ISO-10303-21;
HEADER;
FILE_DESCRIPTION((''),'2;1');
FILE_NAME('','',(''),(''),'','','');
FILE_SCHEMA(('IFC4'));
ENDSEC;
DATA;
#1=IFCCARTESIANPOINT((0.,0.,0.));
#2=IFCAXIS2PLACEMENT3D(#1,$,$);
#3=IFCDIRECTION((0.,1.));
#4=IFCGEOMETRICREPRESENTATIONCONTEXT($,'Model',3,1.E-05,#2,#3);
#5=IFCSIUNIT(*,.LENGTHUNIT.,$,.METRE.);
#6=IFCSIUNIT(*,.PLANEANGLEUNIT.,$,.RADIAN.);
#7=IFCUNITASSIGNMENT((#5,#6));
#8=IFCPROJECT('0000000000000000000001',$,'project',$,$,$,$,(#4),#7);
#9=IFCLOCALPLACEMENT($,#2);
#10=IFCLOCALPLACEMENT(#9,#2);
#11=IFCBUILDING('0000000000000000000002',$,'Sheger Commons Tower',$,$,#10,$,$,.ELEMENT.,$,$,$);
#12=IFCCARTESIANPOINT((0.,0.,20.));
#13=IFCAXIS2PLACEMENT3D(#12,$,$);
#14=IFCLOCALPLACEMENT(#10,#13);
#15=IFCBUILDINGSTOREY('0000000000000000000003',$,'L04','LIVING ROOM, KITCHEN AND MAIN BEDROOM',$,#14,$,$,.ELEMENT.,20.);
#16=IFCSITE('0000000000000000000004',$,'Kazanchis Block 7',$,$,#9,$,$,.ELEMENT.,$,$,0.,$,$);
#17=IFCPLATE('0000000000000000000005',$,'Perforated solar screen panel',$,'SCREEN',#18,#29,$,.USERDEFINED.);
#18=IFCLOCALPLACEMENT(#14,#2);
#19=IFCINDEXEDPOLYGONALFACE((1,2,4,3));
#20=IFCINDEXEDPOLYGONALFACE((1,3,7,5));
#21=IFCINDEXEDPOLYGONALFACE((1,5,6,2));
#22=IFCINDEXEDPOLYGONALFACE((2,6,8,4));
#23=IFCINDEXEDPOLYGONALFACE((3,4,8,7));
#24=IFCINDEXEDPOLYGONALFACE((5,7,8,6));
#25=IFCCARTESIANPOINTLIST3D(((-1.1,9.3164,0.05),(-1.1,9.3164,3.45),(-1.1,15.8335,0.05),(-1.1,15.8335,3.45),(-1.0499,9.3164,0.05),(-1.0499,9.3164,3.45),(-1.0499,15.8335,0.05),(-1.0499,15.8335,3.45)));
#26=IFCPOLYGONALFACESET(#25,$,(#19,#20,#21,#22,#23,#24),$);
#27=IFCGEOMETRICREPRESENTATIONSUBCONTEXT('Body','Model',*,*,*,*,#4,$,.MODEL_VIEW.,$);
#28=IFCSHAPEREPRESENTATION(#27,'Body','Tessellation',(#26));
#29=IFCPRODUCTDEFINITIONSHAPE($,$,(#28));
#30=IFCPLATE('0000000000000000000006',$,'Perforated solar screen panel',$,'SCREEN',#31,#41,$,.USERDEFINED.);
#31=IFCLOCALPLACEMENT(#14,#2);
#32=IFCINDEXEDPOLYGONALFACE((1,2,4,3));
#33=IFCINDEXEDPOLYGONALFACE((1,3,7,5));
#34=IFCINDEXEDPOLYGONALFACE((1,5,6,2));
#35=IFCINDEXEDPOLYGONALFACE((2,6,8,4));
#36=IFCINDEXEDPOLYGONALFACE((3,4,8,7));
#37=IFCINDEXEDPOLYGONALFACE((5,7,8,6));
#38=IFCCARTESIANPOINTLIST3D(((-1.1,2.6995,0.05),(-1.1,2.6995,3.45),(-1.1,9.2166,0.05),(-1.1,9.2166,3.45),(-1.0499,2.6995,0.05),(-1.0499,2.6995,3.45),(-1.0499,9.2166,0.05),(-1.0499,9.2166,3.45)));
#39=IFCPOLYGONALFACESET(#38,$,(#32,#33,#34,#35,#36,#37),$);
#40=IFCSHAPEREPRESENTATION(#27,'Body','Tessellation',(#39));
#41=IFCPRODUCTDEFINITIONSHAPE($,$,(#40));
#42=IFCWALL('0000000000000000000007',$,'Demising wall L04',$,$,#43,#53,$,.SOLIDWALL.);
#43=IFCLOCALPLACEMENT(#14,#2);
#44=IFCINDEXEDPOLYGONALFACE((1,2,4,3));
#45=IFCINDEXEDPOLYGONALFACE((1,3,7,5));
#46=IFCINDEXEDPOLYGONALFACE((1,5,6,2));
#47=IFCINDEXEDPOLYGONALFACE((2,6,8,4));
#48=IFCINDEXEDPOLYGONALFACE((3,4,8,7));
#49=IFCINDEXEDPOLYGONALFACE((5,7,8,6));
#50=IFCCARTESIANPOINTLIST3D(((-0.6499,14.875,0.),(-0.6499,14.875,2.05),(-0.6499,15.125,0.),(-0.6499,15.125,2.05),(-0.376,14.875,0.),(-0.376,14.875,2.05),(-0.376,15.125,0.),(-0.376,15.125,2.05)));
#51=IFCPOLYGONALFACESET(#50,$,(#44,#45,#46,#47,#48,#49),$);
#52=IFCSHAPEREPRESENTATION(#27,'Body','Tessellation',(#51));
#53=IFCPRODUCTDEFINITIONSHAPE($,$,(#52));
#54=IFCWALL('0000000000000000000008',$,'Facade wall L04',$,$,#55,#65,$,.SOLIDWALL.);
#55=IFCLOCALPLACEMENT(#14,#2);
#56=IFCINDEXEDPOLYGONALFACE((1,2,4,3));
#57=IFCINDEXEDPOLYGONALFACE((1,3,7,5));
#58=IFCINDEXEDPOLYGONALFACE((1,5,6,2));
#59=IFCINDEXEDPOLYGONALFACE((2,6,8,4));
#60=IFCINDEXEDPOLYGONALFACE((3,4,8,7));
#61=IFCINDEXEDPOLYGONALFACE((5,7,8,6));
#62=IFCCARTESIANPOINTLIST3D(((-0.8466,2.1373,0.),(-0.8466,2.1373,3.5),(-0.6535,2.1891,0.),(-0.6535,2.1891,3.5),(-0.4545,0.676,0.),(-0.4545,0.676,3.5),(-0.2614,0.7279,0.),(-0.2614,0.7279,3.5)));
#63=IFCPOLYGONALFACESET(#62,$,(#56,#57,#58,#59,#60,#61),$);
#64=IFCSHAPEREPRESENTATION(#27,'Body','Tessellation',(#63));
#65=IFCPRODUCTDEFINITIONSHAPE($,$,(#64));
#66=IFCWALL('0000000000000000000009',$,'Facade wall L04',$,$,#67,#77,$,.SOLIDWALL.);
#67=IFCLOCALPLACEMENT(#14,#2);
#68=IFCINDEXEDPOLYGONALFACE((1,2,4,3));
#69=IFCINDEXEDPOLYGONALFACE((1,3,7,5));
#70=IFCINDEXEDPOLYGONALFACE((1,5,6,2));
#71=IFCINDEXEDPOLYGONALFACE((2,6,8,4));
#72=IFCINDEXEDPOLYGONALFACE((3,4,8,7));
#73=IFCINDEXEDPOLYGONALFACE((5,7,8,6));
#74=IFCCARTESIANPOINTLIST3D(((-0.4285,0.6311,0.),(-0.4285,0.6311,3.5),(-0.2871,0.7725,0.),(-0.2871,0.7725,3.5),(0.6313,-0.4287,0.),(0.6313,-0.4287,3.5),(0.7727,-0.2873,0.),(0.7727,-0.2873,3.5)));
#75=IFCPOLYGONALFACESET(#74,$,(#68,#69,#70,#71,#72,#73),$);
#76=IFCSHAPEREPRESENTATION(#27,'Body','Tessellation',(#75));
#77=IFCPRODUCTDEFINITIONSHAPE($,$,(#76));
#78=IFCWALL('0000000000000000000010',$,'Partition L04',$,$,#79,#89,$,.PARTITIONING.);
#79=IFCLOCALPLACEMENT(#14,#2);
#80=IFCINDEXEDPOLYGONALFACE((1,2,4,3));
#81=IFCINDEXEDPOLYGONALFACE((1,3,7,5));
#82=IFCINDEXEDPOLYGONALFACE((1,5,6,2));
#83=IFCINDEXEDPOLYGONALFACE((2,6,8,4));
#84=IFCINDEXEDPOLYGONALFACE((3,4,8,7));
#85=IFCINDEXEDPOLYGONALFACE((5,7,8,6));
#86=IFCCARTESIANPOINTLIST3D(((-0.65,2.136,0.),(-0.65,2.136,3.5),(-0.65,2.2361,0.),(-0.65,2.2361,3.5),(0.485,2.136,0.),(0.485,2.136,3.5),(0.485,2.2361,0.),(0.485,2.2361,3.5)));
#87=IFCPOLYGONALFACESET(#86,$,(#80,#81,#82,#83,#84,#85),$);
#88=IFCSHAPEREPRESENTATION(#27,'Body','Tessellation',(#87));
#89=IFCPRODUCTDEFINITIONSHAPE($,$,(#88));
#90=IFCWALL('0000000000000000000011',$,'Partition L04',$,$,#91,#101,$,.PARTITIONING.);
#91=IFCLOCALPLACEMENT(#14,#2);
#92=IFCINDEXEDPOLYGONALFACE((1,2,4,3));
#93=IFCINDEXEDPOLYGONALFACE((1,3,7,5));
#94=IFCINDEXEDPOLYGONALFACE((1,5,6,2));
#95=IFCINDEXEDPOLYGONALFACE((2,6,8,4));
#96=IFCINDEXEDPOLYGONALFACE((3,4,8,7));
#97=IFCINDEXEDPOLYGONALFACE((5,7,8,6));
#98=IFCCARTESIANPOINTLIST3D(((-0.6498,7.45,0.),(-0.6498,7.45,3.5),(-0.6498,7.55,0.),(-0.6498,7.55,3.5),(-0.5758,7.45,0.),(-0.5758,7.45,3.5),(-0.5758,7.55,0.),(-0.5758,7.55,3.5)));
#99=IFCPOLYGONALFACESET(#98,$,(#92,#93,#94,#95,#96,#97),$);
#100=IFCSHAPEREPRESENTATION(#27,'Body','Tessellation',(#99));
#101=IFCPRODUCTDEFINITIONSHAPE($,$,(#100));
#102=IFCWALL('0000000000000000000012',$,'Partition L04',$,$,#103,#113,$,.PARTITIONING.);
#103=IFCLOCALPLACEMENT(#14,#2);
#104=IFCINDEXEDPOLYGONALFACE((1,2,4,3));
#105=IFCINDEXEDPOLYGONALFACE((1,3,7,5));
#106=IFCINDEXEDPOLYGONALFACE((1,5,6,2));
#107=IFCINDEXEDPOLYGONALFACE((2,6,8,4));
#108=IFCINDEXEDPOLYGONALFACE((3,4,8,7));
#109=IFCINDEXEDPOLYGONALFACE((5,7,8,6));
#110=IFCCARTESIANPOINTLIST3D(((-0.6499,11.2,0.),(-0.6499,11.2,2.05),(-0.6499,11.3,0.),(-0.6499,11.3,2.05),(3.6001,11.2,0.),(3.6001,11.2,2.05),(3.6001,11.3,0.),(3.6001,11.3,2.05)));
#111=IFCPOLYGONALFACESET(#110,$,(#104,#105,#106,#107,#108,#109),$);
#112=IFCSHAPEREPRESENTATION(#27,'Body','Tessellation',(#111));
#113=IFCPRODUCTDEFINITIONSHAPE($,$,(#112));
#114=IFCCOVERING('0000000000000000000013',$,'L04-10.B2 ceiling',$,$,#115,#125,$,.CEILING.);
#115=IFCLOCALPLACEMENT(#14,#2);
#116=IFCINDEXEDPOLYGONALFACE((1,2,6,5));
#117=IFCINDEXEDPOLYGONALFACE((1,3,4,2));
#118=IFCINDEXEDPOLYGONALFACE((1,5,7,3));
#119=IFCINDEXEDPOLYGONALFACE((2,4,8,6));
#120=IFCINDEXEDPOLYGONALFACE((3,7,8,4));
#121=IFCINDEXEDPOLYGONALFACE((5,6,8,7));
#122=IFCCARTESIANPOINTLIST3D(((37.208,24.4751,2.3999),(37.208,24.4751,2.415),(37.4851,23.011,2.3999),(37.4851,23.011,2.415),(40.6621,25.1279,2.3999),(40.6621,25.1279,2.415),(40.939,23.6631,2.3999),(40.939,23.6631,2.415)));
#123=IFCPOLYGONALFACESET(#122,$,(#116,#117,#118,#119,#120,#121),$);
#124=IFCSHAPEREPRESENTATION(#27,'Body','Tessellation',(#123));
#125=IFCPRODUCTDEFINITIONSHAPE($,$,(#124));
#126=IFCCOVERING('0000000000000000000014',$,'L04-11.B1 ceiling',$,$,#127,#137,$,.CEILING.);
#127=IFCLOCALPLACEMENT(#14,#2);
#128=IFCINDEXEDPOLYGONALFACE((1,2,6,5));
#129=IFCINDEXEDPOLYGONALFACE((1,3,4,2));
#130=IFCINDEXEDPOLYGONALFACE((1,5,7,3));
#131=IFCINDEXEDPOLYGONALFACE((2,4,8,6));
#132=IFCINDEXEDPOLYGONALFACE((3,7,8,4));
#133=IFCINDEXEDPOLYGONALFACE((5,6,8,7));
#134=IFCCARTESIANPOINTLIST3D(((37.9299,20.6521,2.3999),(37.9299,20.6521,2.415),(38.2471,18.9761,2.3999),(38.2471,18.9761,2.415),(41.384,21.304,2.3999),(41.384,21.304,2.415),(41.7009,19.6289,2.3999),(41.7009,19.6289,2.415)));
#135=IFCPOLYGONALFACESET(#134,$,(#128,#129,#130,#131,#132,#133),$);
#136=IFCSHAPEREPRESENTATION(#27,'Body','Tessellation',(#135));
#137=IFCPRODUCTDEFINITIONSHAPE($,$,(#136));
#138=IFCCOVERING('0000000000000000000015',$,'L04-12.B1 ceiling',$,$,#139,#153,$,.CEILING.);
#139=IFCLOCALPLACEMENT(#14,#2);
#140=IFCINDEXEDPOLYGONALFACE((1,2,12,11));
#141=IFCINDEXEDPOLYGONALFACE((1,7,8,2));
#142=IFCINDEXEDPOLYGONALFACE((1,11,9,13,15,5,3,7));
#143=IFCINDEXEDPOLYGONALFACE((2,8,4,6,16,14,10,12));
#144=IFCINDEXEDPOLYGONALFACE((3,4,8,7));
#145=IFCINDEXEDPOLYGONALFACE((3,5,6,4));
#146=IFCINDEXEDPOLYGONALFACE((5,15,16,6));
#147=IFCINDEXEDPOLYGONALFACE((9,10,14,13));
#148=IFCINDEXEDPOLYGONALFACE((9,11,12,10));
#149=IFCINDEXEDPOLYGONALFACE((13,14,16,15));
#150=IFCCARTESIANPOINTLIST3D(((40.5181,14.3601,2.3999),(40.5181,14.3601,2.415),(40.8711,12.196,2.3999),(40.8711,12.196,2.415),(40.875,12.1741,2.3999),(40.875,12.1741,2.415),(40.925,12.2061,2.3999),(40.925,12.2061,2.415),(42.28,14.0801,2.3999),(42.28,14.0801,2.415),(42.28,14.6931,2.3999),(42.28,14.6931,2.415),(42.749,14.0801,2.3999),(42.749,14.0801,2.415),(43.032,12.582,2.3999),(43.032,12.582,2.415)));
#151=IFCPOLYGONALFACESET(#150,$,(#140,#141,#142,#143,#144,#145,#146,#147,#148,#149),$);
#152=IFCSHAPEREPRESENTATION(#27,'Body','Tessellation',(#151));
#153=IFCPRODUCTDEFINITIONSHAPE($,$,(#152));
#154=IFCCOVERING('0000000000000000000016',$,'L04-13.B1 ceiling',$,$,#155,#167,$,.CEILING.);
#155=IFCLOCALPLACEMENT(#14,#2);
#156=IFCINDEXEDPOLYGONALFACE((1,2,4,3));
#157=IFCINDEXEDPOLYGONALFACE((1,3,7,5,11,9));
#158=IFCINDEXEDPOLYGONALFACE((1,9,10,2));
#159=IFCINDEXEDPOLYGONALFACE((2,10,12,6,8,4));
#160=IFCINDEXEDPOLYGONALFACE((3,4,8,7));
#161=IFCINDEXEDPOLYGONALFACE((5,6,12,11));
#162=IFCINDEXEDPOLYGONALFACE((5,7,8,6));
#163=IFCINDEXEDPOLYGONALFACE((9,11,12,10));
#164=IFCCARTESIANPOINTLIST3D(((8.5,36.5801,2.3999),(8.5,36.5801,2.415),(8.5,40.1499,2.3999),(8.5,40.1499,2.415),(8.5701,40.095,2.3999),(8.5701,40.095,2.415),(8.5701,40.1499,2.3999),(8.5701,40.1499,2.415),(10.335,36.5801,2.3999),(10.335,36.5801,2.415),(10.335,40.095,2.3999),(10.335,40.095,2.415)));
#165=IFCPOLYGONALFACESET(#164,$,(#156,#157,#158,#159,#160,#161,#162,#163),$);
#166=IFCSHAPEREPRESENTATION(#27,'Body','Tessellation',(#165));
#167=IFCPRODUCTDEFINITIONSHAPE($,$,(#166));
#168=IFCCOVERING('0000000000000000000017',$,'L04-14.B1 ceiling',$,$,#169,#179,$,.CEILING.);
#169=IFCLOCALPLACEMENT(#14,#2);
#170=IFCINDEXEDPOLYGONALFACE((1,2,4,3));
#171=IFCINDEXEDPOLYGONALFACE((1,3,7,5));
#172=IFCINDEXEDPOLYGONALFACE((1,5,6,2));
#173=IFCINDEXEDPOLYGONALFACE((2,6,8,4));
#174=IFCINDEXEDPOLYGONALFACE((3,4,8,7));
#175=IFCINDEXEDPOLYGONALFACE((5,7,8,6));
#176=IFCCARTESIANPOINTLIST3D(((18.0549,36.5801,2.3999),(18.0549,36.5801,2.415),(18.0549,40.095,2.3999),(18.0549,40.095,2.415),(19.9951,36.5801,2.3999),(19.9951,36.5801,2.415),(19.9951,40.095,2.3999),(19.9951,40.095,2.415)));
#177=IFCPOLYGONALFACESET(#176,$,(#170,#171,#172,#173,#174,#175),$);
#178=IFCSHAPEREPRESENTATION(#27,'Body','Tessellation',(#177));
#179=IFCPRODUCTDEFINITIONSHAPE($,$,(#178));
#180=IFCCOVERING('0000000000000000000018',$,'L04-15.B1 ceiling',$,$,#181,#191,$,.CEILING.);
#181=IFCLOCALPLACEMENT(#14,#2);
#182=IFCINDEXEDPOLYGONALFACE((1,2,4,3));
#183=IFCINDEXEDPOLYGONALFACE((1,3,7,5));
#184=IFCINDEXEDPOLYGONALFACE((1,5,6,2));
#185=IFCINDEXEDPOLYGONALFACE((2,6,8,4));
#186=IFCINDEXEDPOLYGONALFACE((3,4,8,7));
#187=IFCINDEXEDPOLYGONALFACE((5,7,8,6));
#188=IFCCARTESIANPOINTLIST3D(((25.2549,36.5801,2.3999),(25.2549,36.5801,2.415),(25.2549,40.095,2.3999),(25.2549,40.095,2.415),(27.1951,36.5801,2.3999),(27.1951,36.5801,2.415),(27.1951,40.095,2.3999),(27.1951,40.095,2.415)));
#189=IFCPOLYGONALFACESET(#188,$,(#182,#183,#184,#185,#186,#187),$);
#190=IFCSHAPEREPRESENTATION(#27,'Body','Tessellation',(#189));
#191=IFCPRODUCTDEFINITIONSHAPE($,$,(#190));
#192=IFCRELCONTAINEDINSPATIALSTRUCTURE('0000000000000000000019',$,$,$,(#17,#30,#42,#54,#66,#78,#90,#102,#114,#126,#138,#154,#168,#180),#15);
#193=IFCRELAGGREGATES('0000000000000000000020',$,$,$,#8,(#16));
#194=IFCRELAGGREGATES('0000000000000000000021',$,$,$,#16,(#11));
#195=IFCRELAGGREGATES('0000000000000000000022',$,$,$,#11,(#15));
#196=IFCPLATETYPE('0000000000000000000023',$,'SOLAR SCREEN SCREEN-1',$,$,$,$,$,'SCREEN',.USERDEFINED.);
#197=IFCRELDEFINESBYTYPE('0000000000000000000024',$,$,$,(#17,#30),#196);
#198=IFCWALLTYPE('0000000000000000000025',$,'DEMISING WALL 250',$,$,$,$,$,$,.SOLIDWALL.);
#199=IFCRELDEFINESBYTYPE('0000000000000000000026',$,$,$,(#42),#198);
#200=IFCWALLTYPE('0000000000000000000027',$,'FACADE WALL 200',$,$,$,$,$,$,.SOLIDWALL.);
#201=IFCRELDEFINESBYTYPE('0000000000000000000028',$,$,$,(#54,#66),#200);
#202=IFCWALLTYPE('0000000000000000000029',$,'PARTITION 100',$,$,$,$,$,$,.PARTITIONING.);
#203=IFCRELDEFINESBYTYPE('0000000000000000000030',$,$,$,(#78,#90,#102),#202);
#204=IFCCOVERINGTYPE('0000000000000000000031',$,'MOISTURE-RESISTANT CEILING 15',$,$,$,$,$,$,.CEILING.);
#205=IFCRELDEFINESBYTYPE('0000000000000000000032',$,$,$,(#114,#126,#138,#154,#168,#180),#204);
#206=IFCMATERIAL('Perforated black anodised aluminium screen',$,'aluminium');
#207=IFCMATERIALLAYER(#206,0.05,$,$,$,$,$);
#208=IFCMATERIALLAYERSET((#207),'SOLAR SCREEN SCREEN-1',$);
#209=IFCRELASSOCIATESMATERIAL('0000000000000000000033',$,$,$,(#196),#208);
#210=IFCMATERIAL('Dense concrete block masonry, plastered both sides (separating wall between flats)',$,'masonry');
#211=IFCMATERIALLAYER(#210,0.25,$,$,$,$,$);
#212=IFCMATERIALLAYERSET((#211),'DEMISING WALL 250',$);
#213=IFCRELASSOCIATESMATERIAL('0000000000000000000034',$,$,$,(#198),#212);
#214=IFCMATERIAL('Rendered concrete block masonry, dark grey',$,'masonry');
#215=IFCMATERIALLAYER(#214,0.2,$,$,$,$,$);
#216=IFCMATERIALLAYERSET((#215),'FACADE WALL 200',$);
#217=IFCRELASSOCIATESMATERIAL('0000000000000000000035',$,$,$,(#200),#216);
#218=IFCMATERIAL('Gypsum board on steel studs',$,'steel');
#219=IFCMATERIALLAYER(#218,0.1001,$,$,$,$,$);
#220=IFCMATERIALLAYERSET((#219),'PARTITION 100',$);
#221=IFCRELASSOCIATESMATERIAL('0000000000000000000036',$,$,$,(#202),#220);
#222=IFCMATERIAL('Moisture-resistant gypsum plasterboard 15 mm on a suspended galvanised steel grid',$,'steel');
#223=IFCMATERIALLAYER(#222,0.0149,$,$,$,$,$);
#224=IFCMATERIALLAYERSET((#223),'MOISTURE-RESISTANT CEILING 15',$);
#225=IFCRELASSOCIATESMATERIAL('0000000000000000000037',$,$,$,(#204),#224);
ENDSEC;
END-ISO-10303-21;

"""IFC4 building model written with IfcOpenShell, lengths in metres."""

from ifc_helpers import new_model, si_unit, direction, frame, frame_2d, origin, origin_2d, place, context, subcontext, project, spatial, polyline, rectangle, outline, extrude, material, layer, layer_set, type_object, element, save


model = new_model("IFC4")

# Units and contexts
model_context = context("Model", 3, precision=1e-05, world=origin(), true_north=direction((0.0, 1.0)))
body_context = subcontext(model_context, "Body", "Model", "MODEL_VIEW")
ifc_project = project(units=[si_unit("LENGTHUNIT", "METRE"), si_unit("PLANEANGLEUNIT", "RADIAN")], contexts=[model_context])

# Site, building, storey
site_placement = place(None, origin())
site = spatial("IfcSite", under=ifc_project, at=site_placement, Name="Kazanchis Block 7", CompositionType="ELEMENT", RefElevation=0.0)
building_placement = place(site_placement, origin())
building = spatial("IfcBuilding", under=site, at=building_placement, Name="Sheger Commons Tower", CompositionType="ELEMENT")
storey_placement = place(building_placement, frame((0.0, 0.0, 20.0)))
storey = spatial("IfcBuildingStorey", under=building, at=storey_placement, Name="L04", Description="LIVING ROOM, KITCHEN AND MAIN BEDROOM", CompositionType="ELEMENT", Elevation=20.0)

# Plates
ifc_material_1 = material(Name="Perforated black anodised aluminium screen", Category="aluminium")
ifc_layer_1 = layer(ifc_material_1, 0.05)
ifc_layer_set_1 = layer_set([ifc_layer_1], Name="SOLAR SCREEN SCREEN-1")
plate_type = type_object("IfcPlateType", Name="SOLAR SCREEN SCREEN-1", ElementType="SCREEN", PredefinedType="USERDEFINED", material=ifc_layer_set_1)
for number, where, z_axis, x_axis, name in (
    (1, (-1.075, 12.575, 0.05), (0.0, 0.0, 1.0), (0.0, -1.0, 0.0), "Perforated solar screen panel"),
    (2, (-1.075, 5.958, 0.05), (0.0, 0.0, 1.0), (0.0, -1.0, 0.0), "Perforated solar screen panel"),
):
    element("IfcPlate", number, at=place(storey_placement, frame(where, z_axis=z_axis, x_axis=x_axis)), inside=storey, type_object=plate_type, Name=name, ObjectType="SCREEN", PredefinedType="USERDEFINED", context=body_context, shape_type="SweptSolid", body=[
        extrude(rectangle(XDim=6.5171, YDim=0.05, at=origin_2d()), origin(), (0.0, 0.0, 1.0), 3.3999),
    ])

# Walls
ifc_material_2 = material(Name="Dense concrete block masonry, plastered both sides (separating wall between flats)", Category="masonry")
ifc_layer_2 = layer(ifc_material_2, 0.25)
ifc_layer_set_2 = layer_set([ifc_layer_2], Name="DEMISING WALL 250")
wall_type_1 = type_object("IfcWallType", Name="DEMISING WALL 250", PredefinedType="SOLIDWALL", material=ifc_layer_set_2)
wall_1_placement = place(storey_placement, frame((-0.6499, 15.0, 0.0), z_axis=(0.0, 0.0, 1.0), x_axis=(1.0, 0.0, 0.0)))
element("IfcWall", 3, at=wall_1_placement, inside=storey, type_object=wall_type_1, Name="Demising wall L04", PredefinedType="SOLIDWALL", context=body_context, shape_type="SweptSolid", body=[
    extrude(rectangle(XDim=0.2739, YDim=0.25, at=frame_2d((0.137, 0.0))), origin(), (0.0, 0.0, 1.0), 2.05),
])
ifc_material_3 = material(Name="Rendered concrete block masonry, dark grey", Category="masonry")
ifc_layer_3 = layer(ifc_material_3, 0.2)
ifc_layer_set_3 = layer_set([ifc_layer_3], Name="FACADE WALL 200")
wall_type_2 = type_object("IfcWallType", Name="FACADE WALL 200", PredefinedType="SOLIDWALL", material=ifc_layer_set_3)
wall_2_placement = place(storey_placement, frame((-0.75, 2.1631, 0.0), z_axis=(0.0, 0.0, 1.0), x_axis=(0.259169, -0.965832, 0.0)))
element("IfcWall", 4, at=wall_2_placement, inside=storey, type_object=wall_type_2, Name="Facade wall L04", PredefinedType="SOLIDWALL", context=body_context, shape_type="SweptSolid", body=[
    extrude(rectangle(XDim=1.5129, YDim=0.2, at=frame_2d((0.7563, 0.0))), origin(), (0.0, 0.0, 1.0), 3.5),
])
wall_3_placement = place(storey_placement, frame((-0.3579, 0.7019, 0.0), z_axis=(0.0, 0.0, 1.0), x_axis=(0.707107, -0.707107, 0.0)))
element("IfcWall", 5, at=wall_3_placement, inside=storey, type_object=wall_type_2, Name="Facade wall L04", PredefinedType="SOLIDWALL", context=body_context, shape_type="SweptSolid", body=[
    extrude(rectangle(XDim=1.4988, YDim=0.2, at=frame_2d((0.7495, 0.0))), origin(), (0.0, 0.0, 1.0), 3.5),
])
ifc_material_4 = material(Name="Gypsum board on steel studs", Category="steel")
ifc_layer_4 = layer(ifc_material_4, 0.1001)
ifc_layer_set_4 = layer_set([ifc_layer_4], Name="PARTITION 100")
wall_type_3 = type_object("IfcWallType", Name="PARTITION 100", PredefinedType="PARTITIONING", material=ifc_layer_set_4)
wall_4_placement = place(storey_placement, frame((-0.6499, 2.186, 0.0), z_axis=(0.0, 0.0, 1.0), x_axis=(1.0, 0.0, 0.0)))
element("IfcWall", 6, at=wall_4_placement, inside=storey, type_object=wall_type_3, Name="Partition L04", PredefinedType="PARTITIONING", context=body_context, shape_type="SweptSolid", body=[
    extrude(rectangle(XDim=1.135, YDim=0.1001, at=frame_2d((0.5674, 0.0))), origin(), (0.0, 0.0, 1.0), 3.5),
])
wall_5_placement = place(storey_placement, frame((-0.6499, 7.5, 0.0), z_axis=(0.0, 0.0, 1.0), x_axis=(1.0, 0.0, 0.0)))
element("IfcWall", 7, at=wall_5_placement, inside=storey, type_object=wall_type_3, Name="Partition L04", PredefinedType="PARTITIONING", context=body_context, shape_type="SweptSolid", body=[
    extrude(rectangle(XDim=0.074, YDim=0.1001, at=frame_2d((0.0371, 0.0))), origin(), (0.0, 0.0, 1.0), 3.5),
])
wall_6_placement = place(storey_placement, frame((-0.6499, 11.25, 0.0), z_axis=(0.0, 0.0, 1.0), x_axis=(1.0, 0.0, 0.0)))
element("IfcWall", 8, at=wall_6_placement, inside=storey, type_object=wall_type_3, Name="Partition L04", PredefinedType="PARTITIONING", context=body_context, shape_type="SweptSolid", body=[
    extrude(rectangle(XDim=4.25, YDim=0.1001, at=frame_2d((2.125, 0.0))), origin(), (0.0, 0.0, 1.0), 2.05),
])

# Coverings
ifc_material_5 = material(Name="Moisture-resistant gypsum plasterboard 15 mm on a suspended galvanised steel grid", Category="steel")
ifc_layer_5 = layer(ifc_material_5, 0.0149)
ifc_layer_set_5 = layer_set([ifc_layer_5], Name="MOISTURE-RESISTANT CEILING 15")
covering_type_1 = type_object("IfcCoveringType", Name="MOISTURE-RESISTANT CEILING 15", PredefinedType="CEILING", material=ifc_layer_set_5)
covering_1_placement = place(storey_placement, frame((0.0, 0.0, 2.3999)))
element("IfcCovering", 9, at=covering_1_placement, inside=storey, type_object=covering_type_1, Name="L04-10.B2 ceiling", PredefinedType="CEILING", context=body_context, shape_type="SweptSolid", body=[
    extrude(outline(polyline([(37.4851, 23.011), (40.939, 23.6631), (40.6621, 25.1279), (37.208, 24.4751), (37.4851, 23.011)])), origin(), (0.0, 0.0, 1.0), 0.0151),
])
covering_2_placement = place(storey_placement, frame((0.0, 0.0, 2.3999)))
element("IfcCovering", 10, at=covering_2_placement, inside=storey, type_object=covering_type_1, Name="L04-11.B1 ceiling", PredefinedType="CEILING", context=body_context, shape_type="SweptSolid", body=[
    extrude(outline(polyline([(38.2471, 18.9761), (41.7009, 19.6289), (41.384, 21.304), (37.9299, 20.6521), (38.2471, 18.9761)])), origin(), (0.0, 0.0, 1.0), 0.0151),
])
covering_3_placement = place(storey_placement, frame((0.0, 0.0, 2.3999)))
element("IfcCovering", 11, at=covering_3_placement, inside=storey, type_object=covering_type_1, Name="L04-12.B1 ceiling", PredefinedType="CEILING", context=body_context, shape_type="SweptSolid", body=[
    extrude(outline(polyline([(40.875, 12.1741), (43.032, 12.582), (42.749, 14.0801), (42.28, 14.0801), (42.28, 14.6931), (40.5181, 14.3601), (40.925, 12.2061), (40.8711, 12.196), (40.875, 12.1741)])), origin(), (0.0, 0.0, 1.0), 0.0151),
])
covering_4_placement = place(storey_placement, frame((0.0, 0.0, 2.3999)))
element("IfcCovering", 12, at=covering_4_placement, inside=storey, type_object=covering_type_1, Name="L04-13.B1 ceiling", PredefinedType="CEILING", context=body_context, shape_type="SweptSolid", body=[
    extrude(outline(polyline([(8.5, 36.5801), (10.335, 36.5801), (10.335, 40.095), (8.5701, 40.095), (8.5701, 40.1499), (8.5, 40.1499), (8.5, 36.5801)])), origin(), (0.0, 0.0, 1.0), 0.0151),
])
covering_5_placement = place(storey_placement, frame((0.0, 0.0, 2.3999)))
element("IfcCovering", 13, at=covering_5_placement, inside=storey, type_object=covering_type_1, Name="L04-14.B1 ceiling", PredefinedType="CEILING", context=body_context, shape_type="SweptSolid", body=[
    extrude(outline(polyline([(18.0549, 36.5801), (19.9951, 36.5801), (19.9951, 40.095), (18.0549, 40.095), (18.0549, 36.5801)])), origin(), (0.0, 0.0, 1.0), 0.0151),
])
covering_6_placement = place(storey_placement, frame((0.0, 0.0, 2.3999)))
element("IfcCovering", 14, at=covering_6_placement, inside=storey, type_object=covering_type_1, Name="L04-15.B1 ceiling", PredefinedType="CEILING", context=body_context, shape_type="SweptSolid", body=[
    extrude(outline(polyline([(25.2549, 36.5801), (27.1951, 36.5801), (27.1951, 40.095), (25.2549, 40.095), (25.2549, 36.5801)])), origin(), (0.0, 0.0, 1.0), 0.0151),
])

save(model, "model.ifc")
